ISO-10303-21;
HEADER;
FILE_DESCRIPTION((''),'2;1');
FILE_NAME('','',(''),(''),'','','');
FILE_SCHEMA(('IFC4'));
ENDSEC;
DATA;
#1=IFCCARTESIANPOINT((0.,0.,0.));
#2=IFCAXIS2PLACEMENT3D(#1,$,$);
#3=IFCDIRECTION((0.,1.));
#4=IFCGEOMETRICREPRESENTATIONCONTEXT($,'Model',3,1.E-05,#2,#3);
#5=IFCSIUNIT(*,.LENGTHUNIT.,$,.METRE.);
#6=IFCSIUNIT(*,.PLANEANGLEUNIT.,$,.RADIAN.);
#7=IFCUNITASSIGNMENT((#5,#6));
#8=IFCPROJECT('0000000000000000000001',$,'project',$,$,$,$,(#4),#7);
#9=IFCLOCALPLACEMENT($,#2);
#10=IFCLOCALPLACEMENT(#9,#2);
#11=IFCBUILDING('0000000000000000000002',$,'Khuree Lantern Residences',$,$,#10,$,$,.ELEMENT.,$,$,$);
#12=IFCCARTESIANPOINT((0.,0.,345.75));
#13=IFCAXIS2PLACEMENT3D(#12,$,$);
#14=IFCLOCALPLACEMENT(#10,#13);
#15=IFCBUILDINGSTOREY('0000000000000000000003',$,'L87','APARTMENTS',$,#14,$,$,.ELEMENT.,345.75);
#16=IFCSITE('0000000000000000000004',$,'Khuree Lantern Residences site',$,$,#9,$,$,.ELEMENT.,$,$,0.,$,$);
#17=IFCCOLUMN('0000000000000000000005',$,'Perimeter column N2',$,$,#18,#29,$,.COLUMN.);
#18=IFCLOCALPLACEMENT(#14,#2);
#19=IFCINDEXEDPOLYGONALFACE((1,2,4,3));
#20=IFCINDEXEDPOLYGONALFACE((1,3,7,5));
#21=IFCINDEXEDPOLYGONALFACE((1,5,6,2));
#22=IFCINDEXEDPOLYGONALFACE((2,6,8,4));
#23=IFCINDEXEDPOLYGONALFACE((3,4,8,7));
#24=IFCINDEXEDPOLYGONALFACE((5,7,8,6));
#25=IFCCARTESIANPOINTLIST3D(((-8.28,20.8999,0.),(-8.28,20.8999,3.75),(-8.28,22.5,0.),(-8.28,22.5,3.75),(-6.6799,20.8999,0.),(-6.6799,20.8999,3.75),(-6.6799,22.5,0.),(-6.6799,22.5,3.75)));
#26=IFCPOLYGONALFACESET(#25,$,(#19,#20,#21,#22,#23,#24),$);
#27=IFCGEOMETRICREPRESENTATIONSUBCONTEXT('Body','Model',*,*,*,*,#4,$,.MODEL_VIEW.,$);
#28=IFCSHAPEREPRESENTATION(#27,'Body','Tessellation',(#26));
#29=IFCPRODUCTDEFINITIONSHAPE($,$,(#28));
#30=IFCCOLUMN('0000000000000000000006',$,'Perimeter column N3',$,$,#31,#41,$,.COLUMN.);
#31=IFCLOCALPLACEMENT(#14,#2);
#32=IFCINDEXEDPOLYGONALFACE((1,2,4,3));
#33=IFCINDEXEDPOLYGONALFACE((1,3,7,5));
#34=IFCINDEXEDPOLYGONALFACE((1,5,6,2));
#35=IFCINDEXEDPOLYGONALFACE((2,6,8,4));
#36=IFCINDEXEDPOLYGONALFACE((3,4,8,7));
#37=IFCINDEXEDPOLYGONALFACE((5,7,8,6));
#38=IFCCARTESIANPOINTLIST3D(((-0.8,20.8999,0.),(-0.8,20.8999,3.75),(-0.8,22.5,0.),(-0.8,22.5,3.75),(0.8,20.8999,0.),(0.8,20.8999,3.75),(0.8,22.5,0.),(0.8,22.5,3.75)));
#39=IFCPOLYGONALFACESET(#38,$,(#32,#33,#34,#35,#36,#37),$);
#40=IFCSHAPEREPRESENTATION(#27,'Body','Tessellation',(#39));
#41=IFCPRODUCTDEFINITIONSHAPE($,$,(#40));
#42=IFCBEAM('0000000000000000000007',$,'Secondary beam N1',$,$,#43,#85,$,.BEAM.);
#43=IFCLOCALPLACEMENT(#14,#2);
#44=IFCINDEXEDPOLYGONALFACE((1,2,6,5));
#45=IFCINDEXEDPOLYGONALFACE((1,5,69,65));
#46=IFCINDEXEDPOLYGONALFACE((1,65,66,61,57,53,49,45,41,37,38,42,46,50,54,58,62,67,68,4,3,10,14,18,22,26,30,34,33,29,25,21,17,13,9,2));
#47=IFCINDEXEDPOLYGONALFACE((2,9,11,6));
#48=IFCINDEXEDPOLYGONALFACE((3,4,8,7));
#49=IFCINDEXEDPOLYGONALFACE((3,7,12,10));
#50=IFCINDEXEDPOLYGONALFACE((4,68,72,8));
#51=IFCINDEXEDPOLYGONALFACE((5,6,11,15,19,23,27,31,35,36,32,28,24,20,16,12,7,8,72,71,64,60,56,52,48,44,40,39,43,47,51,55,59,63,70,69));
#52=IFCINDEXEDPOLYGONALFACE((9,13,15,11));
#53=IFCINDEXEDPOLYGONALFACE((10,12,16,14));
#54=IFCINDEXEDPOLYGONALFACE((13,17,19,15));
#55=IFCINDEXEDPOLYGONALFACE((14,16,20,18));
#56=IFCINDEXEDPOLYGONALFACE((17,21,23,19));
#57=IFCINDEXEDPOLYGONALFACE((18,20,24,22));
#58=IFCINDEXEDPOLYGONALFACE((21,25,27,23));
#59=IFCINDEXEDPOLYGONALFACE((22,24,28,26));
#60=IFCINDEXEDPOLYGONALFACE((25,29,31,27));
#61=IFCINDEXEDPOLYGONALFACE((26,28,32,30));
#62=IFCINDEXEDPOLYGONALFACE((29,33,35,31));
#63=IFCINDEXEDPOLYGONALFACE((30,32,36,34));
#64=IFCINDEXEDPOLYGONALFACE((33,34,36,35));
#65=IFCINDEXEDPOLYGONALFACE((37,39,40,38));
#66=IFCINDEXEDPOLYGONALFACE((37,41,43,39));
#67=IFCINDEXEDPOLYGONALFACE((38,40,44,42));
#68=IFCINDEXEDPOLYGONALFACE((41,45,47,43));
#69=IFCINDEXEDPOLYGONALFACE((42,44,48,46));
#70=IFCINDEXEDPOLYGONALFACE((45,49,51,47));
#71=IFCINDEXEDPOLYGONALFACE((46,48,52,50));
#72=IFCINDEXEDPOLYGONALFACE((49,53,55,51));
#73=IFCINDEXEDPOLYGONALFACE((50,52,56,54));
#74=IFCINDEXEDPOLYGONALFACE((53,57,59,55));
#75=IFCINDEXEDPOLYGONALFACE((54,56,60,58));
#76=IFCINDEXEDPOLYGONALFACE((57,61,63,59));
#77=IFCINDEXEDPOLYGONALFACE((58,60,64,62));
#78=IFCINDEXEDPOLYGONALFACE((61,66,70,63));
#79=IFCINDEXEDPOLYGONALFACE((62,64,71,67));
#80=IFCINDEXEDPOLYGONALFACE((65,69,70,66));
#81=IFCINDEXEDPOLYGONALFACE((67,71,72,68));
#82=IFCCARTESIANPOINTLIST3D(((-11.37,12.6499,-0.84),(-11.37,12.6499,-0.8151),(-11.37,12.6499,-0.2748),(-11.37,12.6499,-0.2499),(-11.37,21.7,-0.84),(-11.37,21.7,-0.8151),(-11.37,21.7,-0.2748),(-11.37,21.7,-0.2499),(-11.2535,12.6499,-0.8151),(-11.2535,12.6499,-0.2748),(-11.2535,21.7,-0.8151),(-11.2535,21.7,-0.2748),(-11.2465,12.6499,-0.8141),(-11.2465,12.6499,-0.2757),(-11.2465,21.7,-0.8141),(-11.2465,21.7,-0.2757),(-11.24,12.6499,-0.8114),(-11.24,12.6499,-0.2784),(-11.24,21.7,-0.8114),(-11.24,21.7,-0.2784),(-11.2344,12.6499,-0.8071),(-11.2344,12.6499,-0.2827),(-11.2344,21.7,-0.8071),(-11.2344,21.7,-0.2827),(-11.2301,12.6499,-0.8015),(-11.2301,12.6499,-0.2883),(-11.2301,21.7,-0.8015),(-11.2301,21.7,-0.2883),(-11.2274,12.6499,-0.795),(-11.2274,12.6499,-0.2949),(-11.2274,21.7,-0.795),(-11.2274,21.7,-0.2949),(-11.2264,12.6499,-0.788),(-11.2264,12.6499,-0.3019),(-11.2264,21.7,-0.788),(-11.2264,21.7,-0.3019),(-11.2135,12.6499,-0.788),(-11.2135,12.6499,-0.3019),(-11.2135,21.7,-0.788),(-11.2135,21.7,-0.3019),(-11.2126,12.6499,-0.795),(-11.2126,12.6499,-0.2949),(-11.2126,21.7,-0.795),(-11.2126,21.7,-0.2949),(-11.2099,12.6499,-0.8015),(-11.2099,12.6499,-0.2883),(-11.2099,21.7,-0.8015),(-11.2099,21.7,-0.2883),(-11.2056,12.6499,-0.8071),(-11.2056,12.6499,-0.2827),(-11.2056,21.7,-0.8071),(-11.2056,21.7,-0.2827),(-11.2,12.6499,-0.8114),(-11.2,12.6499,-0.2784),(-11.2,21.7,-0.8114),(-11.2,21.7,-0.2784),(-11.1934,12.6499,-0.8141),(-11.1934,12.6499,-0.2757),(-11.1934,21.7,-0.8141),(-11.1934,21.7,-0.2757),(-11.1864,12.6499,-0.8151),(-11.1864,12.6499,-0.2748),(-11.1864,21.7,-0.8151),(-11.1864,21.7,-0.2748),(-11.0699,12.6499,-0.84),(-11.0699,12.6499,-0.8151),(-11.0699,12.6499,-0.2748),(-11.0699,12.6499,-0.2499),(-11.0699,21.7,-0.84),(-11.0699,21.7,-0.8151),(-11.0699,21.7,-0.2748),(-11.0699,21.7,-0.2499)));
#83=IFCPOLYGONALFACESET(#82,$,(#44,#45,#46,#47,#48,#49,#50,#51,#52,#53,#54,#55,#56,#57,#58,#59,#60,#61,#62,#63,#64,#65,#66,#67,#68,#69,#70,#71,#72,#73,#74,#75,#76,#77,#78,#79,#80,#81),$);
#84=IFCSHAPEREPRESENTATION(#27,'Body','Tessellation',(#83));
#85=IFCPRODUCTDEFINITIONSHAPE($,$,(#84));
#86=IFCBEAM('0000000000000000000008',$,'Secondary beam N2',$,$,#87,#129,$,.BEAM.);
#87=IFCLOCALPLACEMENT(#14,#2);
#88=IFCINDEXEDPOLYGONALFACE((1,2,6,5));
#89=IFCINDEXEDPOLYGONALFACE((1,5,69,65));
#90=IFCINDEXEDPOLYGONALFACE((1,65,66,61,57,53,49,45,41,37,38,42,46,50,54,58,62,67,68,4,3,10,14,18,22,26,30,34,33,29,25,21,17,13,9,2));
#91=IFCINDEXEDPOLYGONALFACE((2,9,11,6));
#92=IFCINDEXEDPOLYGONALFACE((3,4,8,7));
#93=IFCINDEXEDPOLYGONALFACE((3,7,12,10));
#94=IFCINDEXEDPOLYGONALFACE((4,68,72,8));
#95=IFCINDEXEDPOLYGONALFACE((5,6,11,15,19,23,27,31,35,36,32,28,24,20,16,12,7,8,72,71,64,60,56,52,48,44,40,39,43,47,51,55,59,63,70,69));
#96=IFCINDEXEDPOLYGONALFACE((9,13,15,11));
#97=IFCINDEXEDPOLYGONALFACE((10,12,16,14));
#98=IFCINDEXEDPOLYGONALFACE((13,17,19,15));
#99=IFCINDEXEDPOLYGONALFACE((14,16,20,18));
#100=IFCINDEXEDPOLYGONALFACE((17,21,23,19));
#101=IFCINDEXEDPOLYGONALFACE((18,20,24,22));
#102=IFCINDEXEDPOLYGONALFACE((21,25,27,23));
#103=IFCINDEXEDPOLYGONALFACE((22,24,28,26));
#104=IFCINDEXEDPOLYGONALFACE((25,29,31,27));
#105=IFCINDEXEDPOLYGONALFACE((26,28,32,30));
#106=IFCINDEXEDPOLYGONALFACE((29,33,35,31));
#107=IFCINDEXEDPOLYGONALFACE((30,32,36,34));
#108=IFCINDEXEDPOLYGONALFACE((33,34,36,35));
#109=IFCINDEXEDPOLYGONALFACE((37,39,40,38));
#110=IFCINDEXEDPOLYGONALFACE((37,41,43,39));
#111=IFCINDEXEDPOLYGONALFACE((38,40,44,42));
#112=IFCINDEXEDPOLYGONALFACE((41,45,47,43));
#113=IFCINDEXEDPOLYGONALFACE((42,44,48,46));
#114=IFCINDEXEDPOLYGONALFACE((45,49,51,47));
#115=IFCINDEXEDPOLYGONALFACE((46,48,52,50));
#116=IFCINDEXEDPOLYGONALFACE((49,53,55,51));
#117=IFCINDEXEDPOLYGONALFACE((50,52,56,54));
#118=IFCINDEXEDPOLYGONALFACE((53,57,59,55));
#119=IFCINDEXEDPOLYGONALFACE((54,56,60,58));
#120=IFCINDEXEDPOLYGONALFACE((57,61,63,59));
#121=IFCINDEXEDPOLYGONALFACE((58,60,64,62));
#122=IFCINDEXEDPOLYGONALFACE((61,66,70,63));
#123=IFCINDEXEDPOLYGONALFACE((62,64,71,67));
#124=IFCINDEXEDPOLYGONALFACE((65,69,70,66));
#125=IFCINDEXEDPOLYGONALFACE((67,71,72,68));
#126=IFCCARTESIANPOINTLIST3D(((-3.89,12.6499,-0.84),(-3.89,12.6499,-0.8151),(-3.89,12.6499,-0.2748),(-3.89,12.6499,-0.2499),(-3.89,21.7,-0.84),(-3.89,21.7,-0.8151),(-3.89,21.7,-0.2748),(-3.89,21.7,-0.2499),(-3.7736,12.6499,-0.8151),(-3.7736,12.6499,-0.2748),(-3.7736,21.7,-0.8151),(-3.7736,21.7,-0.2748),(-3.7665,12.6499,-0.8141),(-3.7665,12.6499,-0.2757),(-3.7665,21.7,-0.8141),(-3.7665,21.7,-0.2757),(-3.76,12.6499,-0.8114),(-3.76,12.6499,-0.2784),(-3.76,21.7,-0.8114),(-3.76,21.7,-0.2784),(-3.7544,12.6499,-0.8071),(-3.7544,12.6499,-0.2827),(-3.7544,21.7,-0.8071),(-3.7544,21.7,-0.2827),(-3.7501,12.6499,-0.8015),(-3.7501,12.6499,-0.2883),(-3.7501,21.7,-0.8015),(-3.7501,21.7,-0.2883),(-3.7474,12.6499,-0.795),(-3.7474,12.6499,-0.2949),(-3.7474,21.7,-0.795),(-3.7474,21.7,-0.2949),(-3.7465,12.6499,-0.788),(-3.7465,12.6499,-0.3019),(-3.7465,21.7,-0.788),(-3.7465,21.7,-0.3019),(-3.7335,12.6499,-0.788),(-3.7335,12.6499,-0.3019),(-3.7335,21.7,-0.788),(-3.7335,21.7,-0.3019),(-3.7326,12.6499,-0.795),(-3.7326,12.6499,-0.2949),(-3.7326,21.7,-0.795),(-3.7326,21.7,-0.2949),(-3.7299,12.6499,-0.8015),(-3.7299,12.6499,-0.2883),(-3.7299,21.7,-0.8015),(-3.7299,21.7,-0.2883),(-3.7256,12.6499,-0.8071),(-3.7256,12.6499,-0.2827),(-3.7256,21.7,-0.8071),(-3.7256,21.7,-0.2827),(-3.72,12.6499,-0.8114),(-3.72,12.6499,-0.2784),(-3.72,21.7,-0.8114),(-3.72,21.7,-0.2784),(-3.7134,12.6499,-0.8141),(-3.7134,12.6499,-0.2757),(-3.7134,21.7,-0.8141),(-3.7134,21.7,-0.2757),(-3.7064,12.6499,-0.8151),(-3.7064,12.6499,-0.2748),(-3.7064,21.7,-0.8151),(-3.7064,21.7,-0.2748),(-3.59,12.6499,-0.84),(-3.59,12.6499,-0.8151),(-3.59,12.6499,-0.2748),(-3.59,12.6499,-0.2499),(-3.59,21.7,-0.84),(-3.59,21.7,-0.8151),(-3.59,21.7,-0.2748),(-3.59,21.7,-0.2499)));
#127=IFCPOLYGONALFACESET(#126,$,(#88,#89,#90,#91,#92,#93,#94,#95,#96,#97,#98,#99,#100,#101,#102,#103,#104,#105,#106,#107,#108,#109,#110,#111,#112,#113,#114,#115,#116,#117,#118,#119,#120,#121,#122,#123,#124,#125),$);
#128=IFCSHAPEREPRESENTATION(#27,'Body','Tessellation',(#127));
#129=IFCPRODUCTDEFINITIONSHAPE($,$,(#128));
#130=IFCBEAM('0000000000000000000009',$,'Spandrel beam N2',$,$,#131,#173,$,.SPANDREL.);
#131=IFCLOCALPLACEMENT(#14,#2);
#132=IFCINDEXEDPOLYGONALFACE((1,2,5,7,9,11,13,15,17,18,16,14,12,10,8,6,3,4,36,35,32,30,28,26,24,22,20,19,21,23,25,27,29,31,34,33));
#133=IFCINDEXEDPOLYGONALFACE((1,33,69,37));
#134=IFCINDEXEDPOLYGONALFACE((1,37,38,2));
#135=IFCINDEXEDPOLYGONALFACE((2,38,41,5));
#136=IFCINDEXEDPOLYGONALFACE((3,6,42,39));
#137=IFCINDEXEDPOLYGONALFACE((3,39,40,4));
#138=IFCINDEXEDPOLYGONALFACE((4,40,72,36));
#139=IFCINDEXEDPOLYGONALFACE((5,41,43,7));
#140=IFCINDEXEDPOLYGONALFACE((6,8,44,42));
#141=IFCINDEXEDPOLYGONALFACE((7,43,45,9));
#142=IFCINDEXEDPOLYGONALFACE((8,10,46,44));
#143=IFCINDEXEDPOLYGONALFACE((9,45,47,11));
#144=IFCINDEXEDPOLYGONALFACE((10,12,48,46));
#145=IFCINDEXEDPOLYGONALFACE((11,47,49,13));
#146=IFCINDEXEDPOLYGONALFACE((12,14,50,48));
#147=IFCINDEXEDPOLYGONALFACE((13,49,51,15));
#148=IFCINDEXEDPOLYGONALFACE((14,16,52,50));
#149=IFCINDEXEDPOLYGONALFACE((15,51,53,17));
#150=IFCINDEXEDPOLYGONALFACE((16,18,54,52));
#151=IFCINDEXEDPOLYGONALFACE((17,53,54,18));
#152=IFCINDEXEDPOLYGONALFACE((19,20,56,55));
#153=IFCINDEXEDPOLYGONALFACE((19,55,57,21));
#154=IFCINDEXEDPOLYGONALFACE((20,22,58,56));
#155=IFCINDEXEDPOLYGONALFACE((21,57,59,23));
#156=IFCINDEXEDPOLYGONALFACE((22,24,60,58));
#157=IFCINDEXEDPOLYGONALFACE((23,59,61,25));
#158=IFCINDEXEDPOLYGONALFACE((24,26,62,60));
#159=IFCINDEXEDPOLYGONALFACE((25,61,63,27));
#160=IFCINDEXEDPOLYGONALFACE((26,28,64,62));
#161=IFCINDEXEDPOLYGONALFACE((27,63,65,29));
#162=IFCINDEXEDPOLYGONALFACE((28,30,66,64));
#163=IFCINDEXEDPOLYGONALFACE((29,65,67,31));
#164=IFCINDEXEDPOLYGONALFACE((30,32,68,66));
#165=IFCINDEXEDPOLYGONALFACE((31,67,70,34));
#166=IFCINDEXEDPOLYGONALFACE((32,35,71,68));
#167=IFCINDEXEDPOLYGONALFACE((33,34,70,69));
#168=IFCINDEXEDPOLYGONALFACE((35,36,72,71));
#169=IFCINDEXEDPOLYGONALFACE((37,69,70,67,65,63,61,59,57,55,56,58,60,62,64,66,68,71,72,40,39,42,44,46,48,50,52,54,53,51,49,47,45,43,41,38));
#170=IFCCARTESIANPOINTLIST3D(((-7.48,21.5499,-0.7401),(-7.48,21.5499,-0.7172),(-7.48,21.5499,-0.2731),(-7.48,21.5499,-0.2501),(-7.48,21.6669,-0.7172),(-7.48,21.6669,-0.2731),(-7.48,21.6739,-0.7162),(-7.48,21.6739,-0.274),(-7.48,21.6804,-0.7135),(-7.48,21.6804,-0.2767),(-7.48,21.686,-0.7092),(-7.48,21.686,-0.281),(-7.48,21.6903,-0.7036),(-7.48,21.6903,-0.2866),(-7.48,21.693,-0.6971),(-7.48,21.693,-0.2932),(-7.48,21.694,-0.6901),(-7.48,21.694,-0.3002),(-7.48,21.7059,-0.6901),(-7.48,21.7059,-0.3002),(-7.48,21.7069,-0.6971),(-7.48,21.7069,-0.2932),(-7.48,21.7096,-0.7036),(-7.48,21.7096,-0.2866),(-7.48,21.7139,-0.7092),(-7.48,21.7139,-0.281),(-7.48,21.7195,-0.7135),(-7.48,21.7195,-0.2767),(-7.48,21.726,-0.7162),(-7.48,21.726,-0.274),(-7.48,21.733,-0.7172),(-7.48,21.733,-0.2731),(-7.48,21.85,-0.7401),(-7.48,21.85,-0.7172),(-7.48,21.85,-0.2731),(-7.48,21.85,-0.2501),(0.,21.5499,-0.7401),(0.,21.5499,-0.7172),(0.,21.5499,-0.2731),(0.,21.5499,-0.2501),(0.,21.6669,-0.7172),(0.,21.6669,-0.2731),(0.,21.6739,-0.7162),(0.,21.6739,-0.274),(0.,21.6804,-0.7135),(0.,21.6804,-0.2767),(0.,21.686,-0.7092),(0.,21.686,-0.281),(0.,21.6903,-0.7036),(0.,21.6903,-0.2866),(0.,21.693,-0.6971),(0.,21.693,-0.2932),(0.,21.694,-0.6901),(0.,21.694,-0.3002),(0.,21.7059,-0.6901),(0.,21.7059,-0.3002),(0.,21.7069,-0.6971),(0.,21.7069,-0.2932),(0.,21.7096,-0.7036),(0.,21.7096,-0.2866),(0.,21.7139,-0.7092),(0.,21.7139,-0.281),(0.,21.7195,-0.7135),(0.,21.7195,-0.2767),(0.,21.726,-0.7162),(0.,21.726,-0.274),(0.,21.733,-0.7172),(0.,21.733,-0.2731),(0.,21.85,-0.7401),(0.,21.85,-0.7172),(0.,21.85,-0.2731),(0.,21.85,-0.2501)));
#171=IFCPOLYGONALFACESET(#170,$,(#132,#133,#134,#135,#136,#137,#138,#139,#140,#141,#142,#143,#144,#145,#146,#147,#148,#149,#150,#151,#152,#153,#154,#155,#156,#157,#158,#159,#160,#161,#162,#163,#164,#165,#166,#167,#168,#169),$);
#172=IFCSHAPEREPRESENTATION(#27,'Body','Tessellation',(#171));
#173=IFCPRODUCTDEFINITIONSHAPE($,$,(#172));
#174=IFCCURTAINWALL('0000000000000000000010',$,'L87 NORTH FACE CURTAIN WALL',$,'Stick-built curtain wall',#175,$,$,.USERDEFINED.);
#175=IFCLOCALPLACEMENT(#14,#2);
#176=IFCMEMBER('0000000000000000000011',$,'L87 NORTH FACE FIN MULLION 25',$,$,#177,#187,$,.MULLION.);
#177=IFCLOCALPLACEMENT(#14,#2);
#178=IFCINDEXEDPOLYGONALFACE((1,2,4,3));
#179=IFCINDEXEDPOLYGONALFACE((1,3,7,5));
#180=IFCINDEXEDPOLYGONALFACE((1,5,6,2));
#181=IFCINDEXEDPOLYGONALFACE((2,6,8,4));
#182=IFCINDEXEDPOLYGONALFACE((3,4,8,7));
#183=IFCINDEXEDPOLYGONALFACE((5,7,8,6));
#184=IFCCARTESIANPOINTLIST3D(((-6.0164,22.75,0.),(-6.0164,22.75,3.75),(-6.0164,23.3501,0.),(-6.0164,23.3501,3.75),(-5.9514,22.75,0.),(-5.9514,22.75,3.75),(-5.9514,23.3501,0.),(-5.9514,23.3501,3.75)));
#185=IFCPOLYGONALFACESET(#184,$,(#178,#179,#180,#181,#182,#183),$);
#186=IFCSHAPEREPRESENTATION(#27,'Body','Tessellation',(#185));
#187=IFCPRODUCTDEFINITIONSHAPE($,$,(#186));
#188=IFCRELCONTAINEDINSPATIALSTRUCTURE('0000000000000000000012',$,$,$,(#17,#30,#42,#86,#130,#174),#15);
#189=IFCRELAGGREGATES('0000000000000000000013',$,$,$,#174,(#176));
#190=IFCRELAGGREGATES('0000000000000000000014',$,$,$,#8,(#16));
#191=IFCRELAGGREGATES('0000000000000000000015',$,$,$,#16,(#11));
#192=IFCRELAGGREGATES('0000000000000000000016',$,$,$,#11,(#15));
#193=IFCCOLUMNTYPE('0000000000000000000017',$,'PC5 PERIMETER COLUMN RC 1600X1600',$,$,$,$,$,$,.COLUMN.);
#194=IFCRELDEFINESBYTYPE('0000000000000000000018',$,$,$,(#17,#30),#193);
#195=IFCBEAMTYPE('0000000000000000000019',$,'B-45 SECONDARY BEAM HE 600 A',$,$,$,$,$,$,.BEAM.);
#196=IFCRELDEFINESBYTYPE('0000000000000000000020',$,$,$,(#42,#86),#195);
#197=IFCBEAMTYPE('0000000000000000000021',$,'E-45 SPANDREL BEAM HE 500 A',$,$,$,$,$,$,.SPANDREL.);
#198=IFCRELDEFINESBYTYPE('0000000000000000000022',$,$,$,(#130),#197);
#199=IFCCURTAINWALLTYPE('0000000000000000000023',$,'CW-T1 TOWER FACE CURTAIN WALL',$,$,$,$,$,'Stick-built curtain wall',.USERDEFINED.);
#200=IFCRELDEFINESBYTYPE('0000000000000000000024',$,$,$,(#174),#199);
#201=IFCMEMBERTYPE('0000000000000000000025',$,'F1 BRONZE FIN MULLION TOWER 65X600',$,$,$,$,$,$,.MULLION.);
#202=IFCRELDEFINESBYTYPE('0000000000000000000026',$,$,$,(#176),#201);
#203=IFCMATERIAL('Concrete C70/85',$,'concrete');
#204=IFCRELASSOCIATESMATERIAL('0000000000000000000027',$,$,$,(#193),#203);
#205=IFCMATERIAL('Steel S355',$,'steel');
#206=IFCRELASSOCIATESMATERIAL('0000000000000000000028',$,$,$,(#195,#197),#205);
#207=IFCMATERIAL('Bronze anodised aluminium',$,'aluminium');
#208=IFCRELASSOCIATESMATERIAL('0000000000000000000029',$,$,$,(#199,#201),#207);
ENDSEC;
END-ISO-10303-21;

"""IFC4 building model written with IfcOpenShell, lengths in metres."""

from ifc_helpers import new_model, si_unit, direction, frame, origin, origin_2d, place, context, subcontext, project, spatial, rectangle, i_section, extrude, material, material_profile, profile_set, type_object, element, aggregate, save


model = new_model("IFC4")

# Units and contexts
model_context = context("Model", 3, precision=1e-05, world=origin(), true_north=direction((0.0, 1.0)))
body_context = subcontext(model_context, "Body", "Model", "MODEL_VIEW")
ifc_project = project(units=[si_unit("LENGTHUNIT", "METRE"), si_unit("PLANEANGLEUNIT", "RADIAN")], contexts=[model_context])

# Site, building, storey
site_placement = place(None, origin())
site = spatial("IfcSite", under=ifc_project, at=site_placement, Name="Khuree Lantern Residences site", CompositionType="ELEMENT", RefElevation=0.0)
building_placement = place(site_placement, origin())
building = spatial("IfcBuilding", under=site, at=building_placement, Name="Khuree Lantern Residences", CompositionType="ELEMENT")
storey_placement = place(building_placement, frame((0.0, 0.0, 345.75)))
storey = spatial("IfcBuildingStorey", under=building, at=storey_placement, Name="L87", Description="APARTMENTS", CompositionType="ELEMENT", Elevation=345.75)

# Columns
ifc_material_1 = material(Name="Concrete C70/85", Category="concrete")
ifc_material_profile_1 = material_profile(ifc_material_1, rectangle(XDim=1.6001, YDim=1.6001, at=origin_2d()), Name="RC 1600X1600")
ifc_profile_set_1 = profile_set([ifc_material_profile_1], Name="Concrete C70/85")
column_type = type_object("IfcColumnType", Name="PC5 PERIMETER COLUMN RC 1600X1600", PredefinedType="COLUMN", material=ifc_profile_set_1)
for number, where, z_axis, x_axis, name in (
    (1, (-7.48, 21.7, 0.0), (0.0, 0.0, 1.0), (1.0, 0.0, 0.0), "Perimeter column N2"),
    (2, (0.0, 21.7, 0.0), (0.0, 0.0, 1.0), (1.0, 0.0, 0.0), "Perimeter column N3"),
):
    element("IfcColumn", number, at=place(storey_placement, frame(where, z_axis=z_axis, x_axis=x_axis)), inside=storey, type_object=column_type, Name=name, PredefinedType="COLUMN", context=body_context, shape_type="SweptSolid", body=[
        extrude(rectangle(XDim=1.6001, YDim=1.6001, at=origin_2d()), origin(), (0.0, 0.0, 1.0), 3.75),
    ])

# Beams
ifc_material_2 = material(Name="Steel S355", Category="steel")
ifc_material_profile_2 = material_profile(ifc_material_2, i_section(OverallWidth=0.3, OverallDepth=0.5901, WebThickness=0.0129, FlangeThickness=0.0249, FilletRadius=0.0271, at=origin_2d()), Name="HE 600 A")
ifc_profile_set_2 = profile_set([ifc_material_profile_2], Name="Steel S355")
beam_type_1 = type_object("IfcBeamType", Name="B-45 SECONDARY BEAM HE 600 A", PredefinedType="BEAM", material=ifc_profile_set_2)
for number, where, z_axis, x_axis, name in (
    (3, (-11.22, 21.7, -0.5449), (0.0, -1.0, 0.0), (1.0, 0.0, 0.0), "Secondary beam N1"),
    (4, (-3.74, 21.7, -0.5449), (0.0, -1.0, 0.0), (1.0, 0.0, 0.0), "Secondary beam N2"),
):
    element("IfcBeam", number, at=place(storey_placement, frame(where, z_axis=z_axis, x_axis=x_axis)), inside=storey, type_object=beam_type_1, Name=name, PredefinedType="BEAM", context=body_context, shape_type="SweptSolid", body=[
        extrude(i_section(OverallWidth=0.3, OverallDepth=0.5901, WebThickness=0.0129, FlangeThickness=0.0249, FilletRadius=0.0271, at=origin_2d()), origin(), (0.0, 0.0, 1.0), 9.05),
    ])
ifc_material_profile_3 = material_profile(ifc_material_2, i_section(OverallWidth=0.3, OverallDepth=0.49, WebThickness=0.012, FlangeThickness=0.0229, FilletRadius=0.0271, at=origin_2d()), Name="HE 500 A")
ifc_profile_set_3 = profile_set([ifc_material_profile_3], Name="Steel S355")
beam_type_2 = type_object("IfcBeamType", Name="E-45 SPANDREL BEAM HE 500 A", PredefinedType="SPANDREL", material=ifc_profile_set_3)
beam_1_placement = place(storey_placement, frame((-7.48, 21.7, -0.4951), z_axis=(1.0, 0.0, 0.0), x_axis=(0.0, 1.0, 0.0)))
element("IfcBeam", 5, at=beam_1_placement, inside=storey, type_object=beam_type_2, Name="Spandrel beam N2", PredefinedType="SPANDREL", context=body_context, shape_type="SweptSolid", body=[
    extrude(i_section(OverallWidth=0.3, OverallDepth=0.49, WebThickness=0.012, FlangeThickness=0.0229, FilletRadius=0.0271, at=origin_2d()), origin(), (0.0, 0.0, 1.0), 7.48),
])

# Curtain wall, member
ifc_material_3 = material(Name="Bronze anodised aluminium", Category="aluminium")
curtain_wall_type = type_object("IfcCurtainWallType", Name="CW-T1 TOWER FACE CURTAIN WALL", ElementType="Stick-built curtain wall", PredefinedType="USERDEFINED", material=ifc_material_3)
curtain_wall_placement = place(storey_placement, origin())
curtain_wall = element("IfcCurtainWall", 6, at=curtain_wall_placement, inside=storey, type_object=curtain_wall_type, Name="L87 NORTH FACE CURTAIN WALL", ObjectType="Stick-built curtain wall", PredefinedType="USERDEFINED")
ifc_material_profile_4 = material_profile(ifc_material_3, rectangle(XDim=0.0649, YDim=0.6001, at=origin_2d()), Name="F1 65X600")
ifc_profile_set_4 = profile_set([ifc_material_profile_4], Name="Bronze anodised aluminium")
member_type_1 = type_object("IfcMemberType", Name="F1 BRONZE FIN MULLION TOWER 65X600", PredefinedType="MULLION", material=ifc_profile_set_4)
member_1_placement = place(storey_placement, frame((-5.9839, 23.05, 0.0), z_axis=(0.0, 0.0, 1.0), x_axis=(-1.0, 0.0, 0.0)))
member_1 = element("IfcMember", 7, at=member_1_placement, type_object=member_type_1, Name="L87 NORTH FACE FIN MULLION 25", PredefinedType="MULLION", context=body_context, shape_type="SweptSolid", body=[
    extrude(rectangle(XDim=0.0649, YDim=0.6001, at=origin_2d()), origin(), (0.0, 0.0, 1.0), 3.75),
])

aggregate(curtain_wall, [member_1])

save(model, "model.ifc")
